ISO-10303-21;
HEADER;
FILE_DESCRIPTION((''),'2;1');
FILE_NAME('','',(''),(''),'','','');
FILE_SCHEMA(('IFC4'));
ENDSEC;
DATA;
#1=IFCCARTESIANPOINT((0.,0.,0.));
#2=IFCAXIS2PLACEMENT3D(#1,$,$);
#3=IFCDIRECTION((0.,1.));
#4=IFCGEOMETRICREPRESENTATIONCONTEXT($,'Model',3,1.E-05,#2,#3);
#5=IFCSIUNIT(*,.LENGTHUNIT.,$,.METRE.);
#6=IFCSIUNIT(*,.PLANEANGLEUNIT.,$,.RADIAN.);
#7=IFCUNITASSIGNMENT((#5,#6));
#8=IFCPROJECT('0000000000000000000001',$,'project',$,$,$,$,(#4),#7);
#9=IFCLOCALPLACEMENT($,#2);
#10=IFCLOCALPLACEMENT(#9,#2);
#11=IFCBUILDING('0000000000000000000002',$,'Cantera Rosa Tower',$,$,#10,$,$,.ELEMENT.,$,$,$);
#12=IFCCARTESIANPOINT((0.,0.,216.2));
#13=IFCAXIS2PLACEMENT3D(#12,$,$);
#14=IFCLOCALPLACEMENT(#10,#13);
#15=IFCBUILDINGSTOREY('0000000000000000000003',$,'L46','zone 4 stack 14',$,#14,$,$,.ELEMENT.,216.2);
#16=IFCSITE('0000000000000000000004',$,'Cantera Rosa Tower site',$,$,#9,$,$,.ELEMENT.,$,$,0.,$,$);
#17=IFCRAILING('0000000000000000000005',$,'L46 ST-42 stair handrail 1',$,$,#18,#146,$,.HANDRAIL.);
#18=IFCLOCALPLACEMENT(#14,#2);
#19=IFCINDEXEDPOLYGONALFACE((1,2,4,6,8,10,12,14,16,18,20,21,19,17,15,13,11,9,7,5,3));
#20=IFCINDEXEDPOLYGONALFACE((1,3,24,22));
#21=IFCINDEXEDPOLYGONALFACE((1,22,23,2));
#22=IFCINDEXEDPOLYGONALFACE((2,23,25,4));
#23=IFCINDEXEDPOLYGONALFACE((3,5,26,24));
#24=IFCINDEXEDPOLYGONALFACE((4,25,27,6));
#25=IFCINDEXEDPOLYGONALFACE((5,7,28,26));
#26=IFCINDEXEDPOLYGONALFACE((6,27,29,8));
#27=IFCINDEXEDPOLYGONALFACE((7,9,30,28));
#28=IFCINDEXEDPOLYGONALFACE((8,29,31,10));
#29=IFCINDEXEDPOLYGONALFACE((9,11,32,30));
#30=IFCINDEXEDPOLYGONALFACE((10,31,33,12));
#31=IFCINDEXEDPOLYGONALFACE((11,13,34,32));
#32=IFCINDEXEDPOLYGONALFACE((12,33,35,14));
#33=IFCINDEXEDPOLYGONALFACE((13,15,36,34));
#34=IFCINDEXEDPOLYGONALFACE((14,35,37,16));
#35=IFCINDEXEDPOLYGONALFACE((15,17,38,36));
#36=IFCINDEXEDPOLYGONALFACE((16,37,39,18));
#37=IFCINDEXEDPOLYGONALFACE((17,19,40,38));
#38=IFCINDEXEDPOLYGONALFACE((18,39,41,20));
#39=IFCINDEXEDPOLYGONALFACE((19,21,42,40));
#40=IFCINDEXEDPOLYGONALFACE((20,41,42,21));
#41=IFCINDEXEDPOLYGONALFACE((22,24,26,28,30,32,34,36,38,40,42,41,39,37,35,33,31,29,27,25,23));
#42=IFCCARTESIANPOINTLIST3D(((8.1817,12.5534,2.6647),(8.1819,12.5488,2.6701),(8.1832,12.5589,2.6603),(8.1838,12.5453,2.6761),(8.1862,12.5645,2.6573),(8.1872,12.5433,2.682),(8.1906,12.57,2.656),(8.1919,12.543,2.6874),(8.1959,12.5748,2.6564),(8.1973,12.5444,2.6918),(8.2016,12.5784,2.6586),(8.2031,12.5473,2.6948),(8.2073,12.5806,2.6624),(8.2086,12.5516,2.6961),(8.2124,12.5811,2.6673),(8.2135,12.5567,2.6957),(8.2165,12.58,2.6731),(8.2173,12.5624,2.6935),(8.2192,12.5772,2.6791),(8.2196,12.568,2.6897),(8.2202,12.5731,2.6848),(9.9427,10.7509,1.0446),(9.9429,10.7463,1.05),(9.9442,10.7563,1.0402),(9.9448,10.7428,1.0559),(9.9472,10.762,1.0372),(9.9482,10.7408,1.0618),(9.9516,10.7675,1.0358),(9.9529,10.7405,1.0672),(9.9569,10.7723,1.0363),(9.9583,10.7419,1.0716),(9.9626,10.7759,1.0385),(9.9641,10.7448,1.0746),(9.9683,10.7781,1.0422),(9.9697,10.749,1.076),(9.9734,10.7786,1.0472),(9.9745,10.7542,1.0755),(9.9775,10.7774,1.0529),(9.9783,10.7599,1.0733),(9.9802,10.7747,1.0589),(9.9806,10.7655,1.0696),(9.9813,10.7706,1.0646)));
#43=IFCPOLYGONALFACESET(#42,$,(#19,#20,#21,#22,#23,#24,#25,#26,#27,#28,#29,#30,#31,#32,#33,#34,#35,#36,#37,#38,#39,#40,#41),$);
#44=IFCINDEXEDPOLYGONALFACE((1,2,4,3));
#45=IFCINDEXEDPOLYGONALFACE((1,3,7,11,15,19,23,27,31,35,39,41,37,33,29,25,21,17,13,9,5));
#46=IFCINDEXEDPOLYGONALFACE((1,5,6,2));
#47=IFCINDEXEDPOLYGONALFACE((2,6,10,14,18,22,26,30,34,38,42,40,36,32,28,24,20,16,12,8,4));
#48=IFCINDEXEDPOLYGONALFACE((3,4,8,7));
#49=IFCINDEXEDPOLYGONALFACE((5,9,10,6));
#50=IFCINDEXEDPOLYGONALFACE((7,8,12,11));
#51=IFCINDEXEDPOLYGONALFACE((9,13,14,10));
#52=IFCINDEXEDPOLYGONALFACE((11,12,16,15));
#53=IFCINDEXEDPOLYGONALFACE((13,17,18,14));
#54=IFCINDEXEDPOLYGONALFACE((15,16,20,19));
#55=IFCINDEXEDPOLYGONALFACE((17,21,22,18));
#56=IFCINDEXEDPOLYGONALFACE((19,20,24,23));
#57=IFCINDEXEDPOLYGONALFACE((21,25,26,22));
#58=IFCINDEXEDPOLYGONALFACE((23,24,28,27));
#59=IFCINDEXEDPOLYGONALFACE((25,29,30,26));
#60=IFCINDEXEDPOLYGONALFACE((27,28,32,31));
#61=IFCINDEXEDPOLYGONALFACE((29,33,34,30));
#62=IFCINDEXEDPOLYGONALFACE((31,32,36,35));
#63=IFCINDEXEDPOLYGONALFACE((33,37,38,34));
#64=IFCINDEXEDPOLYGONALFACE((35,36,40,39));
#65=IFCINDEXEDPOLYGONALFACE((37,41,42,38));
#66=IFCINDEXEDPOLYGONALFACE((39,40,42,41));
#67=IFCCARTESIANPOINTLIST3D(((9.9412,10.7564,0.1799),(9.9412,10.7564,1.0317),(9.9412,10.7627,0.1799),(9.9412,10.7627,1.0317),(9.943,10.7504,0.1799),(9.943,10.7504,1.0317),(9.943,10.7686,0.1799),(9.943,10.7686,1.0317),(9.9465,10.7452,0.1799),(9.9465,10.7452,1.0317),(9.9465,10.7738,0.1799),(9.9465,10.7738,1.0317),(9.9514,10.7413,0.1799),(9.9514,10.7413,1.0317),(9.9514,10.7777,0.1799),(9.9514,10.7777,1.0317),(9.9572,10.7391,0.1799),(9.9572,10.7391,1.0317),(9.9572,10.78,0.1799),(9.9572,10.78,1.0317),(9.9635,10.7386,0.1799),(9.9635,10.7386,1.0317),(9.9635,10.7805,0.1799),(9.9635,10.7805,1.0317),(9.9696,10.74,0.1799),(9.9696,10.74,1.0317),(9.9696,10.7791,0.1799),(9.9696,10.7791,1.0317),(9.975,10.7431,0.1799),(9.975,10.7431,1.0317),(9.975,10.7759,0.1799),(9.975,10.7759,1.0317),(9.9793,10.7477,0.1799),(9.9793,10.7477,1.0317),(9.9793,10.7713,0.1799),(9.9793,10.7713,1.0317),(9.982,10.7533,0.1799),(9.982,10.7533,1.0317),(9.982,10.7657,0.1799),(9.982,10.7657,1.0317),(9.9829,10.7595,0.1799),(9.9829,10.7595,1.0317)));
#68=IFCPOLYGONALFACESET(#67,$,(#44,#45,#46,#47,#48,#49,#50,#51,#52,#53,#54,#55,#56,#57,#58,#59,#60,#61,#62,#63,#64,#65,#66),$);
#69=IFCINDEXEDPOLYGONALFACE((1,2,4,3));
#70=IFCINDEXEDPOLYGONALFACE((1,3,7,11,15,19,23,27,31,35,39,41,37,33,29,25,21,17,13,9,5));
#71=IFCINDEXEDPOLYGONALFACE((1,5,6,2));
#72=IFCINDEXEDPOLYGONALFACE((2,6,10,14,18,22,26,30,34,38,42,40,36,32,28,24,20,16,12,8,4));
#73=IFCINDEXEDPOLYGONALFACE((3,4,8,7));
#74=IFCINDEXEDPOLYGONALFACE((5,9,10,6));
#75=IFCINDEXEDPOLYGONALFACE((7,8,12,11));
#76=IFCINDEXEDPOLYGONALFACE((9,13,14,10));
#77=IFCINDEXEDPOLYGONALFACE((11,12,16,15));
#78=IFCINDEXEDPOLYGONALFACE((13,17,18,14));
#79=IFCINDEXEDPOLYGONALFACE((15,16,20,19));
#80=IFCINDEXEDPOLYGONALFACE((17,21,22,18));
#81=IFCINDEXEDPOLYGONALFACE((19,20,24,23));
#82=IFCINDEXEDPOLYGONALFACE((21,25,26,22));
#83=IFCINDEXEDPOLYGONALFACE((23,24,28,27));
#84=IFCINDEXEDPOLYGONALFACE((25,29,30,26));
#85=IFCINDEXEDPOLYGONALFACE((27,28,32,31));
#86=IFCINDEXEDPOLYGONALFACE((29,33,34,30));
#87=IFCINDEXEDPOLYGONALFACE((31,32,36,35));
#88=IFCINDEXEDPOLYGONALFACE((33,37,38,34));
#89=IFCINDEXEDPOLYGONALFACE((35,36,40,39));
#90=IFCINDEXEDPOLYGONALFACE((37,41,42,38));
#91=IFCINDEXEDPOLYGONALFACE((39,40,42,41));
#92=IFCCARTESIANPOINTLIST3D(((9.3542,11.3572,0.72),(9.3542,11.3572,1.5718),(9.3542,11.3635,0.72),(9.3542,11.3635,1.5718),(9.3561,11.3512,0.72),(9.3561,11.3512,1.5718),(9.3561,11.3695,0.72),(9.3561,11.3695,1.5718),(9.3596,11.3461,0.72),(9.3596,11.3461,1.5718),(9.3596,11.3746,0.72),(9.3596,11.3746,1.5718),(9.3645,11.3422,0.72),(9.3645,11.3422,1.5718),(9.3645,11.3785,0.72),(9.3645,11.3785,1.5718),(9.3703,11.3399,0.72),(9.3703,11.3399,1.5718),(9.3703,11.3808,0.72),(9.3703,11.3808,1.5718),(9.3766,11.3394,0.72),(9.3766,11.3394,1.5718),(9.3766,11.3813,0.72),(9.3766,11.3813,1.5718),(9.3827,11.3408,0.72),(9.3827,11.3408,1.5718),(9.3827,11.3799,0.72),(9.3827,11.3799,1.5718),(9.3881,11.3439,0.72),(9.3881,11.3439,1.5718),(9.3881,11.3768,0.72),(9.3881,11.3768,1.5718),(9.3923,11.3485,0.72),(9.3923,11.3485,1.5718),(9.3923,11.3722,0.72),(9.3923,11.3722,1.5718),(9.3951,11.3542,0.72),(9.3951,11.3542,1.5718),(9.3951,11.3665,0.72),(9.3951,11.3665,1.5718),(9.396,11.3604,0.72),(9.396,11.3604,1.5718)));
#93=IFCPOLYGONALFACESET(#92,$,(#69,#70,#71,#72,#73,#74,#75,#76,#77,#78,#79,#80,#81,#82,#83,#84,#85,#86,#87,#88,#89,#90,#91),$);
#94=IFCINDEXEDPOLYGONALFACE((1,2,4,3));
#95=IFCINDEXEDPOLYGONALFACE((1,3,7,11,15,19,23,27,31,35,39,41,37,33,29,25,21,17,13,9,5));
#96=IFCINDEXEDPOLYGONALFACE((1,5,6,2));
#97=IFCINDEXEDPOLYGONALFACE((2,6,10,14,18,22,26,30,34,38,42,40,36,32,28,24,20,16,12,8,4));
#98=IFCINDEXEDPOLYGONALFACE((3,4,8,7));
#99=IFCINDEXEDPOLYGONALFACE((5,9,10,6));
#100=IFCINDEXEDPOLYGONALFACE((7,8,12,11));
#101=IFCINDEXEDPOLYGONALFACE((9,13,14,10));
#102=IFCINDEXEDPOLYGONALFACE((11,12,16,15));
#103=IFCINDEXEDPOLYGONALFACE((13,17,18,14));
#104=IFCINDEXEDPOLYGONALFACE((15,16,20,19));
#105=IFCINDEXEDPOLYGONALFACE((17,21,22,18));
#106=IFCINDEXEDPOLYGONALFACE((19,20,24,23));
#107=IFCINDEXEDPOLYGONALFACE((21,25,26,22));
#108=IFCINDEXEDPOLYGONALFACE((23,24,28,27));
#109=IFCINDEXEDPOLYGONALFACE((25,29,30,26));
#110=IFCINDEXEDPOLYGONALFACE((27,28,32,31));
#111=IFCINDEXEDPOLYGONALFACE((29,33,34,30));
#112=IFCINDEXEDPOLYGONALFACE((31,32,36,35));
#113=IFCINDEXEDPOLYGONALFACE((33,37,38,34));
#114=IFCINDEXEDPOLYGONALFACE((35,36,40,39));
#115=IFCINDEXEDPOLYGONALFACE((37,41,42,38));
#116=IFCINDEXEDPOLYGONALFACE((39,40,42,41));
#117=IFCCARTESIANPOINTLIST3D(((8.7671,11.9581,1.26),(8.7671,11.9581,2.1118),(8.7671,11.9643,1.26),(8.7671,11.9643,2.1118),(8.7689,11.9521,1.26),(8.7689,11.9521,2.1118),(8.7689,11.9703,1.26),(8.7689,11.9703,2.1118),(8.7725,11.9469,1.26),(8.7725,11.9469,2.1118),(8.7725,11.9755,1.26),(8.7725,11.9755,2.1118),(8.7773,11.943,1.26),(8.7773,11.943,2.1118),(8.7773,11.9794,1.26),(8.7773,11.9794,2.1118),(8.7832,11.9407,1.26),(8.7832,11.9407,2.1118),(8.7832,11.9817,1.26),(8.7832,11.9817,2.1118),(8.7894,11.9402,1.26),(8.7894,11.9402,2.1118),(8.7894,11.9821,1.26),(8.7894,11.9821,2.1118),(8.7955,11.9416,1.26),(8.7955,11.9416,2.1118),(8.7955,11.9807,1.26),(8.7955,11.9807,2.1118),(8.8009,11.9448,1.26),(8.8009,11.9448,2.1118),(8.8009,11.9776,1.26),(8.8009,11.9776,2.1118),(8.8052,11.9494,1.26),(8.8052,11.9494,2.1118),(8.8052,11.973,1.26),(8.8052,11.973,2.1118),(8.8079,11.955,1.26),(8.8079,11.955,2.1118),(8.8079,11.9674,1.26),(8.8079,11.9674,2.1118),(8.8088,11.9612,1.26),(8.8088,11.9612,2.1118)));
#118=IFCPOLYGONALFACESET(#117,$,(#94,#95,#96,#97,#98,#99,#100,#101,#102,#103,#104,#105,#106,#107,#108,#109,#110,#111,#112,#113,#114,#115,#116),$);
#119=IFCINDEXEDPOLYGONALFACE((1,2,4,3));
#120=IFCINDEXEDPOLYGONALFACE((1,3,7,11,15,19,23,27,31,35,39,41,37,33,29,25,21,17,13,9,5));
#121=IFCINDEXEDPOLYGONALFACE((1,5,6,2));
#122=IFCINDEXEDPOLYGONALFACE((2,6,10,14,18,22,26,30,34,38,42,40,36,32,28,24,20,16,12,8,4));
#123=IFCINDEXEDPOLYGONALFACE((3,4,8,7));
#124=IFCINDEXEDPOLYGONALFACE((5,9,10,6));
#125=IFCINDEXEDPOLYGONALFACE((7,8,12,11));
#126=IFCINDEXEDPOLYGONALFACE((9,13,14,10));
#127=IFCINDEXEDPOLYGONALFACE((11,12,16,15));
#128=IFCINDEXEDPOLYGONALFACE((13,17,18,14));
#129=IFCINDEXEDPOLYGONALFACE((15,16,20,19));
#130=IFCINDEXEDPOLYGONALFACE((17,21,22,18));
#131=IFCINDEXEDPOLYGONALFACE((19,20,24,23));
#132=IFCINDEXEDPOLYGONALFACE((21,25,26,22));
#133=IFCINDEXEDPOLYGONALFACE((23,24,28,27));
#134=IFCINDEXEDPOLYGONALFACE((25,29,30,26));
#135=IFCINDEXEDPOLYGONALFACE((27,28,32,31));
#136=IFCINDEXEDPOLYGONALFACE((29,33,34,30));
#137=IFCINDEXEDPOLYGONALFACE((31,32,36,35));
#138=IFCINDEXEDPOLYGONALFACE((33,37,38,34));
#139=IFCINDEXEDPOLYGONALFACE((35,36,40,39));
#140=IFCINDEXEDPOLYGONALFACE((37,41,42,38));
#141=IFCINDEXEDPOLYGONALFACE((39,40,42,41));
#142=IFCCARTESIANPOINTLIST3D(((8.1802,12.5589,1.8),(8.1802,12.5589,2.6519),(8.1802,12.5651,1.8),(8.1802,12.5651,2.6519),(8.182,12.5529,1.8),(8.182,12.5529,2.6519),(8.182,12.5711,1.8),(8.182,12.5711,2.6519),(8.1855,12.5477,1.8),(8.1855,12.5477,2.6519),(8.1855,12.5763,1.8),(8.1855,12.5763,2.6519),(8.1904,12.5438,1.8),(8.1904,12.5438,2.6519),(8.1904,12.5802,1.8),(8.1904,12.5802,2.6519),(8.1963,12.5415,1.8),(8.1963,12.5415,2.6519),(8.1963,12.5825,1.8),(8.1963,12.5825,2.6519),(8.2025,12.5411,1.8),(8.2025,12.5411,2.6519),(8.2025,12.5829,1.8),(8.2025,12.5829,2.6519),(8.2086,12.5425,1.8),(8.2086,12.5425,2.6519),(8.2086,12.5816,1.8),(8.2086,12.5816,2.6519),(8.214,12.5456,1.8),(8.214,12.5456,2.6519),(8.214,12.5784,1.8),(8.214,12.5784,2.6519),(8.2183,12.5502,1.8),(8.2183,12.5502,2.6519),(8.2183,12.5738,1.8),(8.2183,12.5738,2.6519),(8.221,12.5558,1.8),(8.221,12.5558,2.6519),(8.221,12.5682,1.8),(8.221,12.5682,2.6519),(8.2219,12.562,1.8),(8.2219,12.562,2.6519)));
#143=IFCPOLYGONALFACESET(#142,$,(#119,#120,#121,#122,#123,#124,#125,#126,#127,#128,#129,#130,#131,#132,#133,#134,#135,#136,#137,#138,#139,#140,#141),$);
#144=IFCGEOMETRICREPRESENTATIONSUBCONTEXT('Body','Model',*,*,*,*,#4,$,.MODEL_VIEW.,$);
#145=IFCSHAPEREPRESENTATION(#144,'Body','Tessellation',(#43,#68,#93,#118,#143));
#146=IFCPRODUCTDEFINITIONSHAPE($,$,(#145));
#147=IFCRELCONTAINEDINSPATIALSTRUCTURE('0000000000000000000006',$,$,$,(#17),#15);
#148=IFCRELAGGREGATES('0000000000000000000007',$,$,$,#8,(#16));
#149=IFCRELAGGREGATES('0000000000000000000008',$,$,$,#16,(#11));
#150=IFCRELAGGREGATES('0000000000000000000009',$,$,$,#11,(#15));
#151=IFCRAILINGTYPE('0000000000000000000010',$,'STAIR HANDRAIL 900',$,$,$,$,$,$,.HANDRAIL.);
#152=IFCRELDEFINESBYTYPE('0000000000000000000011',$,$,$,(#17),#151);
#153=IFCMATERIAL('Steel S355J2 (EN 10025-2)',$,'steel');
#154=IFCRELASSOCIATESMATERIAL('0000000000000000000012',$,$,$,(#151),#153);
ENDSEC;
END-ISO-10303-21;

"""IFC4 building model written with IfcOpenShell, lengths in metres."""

from ifc_helpers import new_model, si_unit, direction, frame, origin, origin_2d, place, context, subcontext, project, spatial, circle, extrude, material, type_object, element, save


model = new_model("IFC4")

# Units and contexts
model_context = context("Model", 3, precision=1e-05, world=origin(), true_north=direction((0.0, 1.0)))
body_context = subcontext(model_context, "Body", "Model", "MODEL_VIEW")
ifc_project = project(units=[si_unit("LENGTHUNIT", "METRE"), si_unit("PLANEANGLEUNIT", "RADIAN")], contexts=[model_context])

# Site, building, storey
site_placement = place(None, origin())
site = spatial("IfcSite", under=ifc_project, at=site_placement, Name="Cantera Rosa Tower site", CompositionType="ELEMENT", RefElevation=0.0)
building_placement = place(site_placement, origin())
building = spatial("IfcBuilding", under=site, at=building_placement, Name="Cantera Rosa Tower", CompositionType="ELEMENT")
storey_placement = place(building_placement, frame((0.0, 0.0, 216.2)))
storey = spatial("IfcBuildingStorey", under=building, at=storey_placement, Name="L46", Description="zone 4 stack 14", CompositionType="ELEMENT", Elevation=216.2)

# Railing
ifc_material_1 = material(Name="Steel S355J2 (EN 10025-2)", Category="steel")
railing_type_1 = type_object("IfcRailingType", Name="STAIR HANDRAIL 900", PredefinedType="HANDRAIL", material=ifc_material_1)
railing_1_placement = place(storey_placement, frame((9.9619, 10.7595, 0.1799)))
element("IfcRailing", 1, at=railing_1_placement, inside=storey, type_object=railing_type_1, Name="L46 ST-42 stair handrail 1", PredefinedType="HANDRAIL", context=body_context, shape_type="SweptSolid", body=[
    extrude(circle(Radius=0.0239, at=origin_2d()), frame((0.0, 0.0, 0.876), z_axis=(-0.587818, 0.601672, 0.540796), x_axis=(-0.715294, -0.698824, 0.0)), (0.0, 0.0, 1.0), 2.9958),
    extrude(circle(Radius=0.021, at=origin_2d()), origin(), (0.0, 0.0, 1.0), 0.8518),
    extrude(circle(Radius=0.021, at=origin_2d()), frame((-0.5869, 0.6008, 0.54)), (0.0, 0.0, 1.0), 0.8518),
    extrude(circle(Radius=0.021, at=origin_2d()), frame((-1.1741, 1.2017, 1.0801)), (0.0, 0.0, 1.0), 0.8518),
    extrude(circle(Radius=0.021, at=origin_2d()), frame((-1.761, 1.8025, 1.6201)), (0.0, 0.0, 1.0), 0.8518),
])

save(model, "model.ifc")
